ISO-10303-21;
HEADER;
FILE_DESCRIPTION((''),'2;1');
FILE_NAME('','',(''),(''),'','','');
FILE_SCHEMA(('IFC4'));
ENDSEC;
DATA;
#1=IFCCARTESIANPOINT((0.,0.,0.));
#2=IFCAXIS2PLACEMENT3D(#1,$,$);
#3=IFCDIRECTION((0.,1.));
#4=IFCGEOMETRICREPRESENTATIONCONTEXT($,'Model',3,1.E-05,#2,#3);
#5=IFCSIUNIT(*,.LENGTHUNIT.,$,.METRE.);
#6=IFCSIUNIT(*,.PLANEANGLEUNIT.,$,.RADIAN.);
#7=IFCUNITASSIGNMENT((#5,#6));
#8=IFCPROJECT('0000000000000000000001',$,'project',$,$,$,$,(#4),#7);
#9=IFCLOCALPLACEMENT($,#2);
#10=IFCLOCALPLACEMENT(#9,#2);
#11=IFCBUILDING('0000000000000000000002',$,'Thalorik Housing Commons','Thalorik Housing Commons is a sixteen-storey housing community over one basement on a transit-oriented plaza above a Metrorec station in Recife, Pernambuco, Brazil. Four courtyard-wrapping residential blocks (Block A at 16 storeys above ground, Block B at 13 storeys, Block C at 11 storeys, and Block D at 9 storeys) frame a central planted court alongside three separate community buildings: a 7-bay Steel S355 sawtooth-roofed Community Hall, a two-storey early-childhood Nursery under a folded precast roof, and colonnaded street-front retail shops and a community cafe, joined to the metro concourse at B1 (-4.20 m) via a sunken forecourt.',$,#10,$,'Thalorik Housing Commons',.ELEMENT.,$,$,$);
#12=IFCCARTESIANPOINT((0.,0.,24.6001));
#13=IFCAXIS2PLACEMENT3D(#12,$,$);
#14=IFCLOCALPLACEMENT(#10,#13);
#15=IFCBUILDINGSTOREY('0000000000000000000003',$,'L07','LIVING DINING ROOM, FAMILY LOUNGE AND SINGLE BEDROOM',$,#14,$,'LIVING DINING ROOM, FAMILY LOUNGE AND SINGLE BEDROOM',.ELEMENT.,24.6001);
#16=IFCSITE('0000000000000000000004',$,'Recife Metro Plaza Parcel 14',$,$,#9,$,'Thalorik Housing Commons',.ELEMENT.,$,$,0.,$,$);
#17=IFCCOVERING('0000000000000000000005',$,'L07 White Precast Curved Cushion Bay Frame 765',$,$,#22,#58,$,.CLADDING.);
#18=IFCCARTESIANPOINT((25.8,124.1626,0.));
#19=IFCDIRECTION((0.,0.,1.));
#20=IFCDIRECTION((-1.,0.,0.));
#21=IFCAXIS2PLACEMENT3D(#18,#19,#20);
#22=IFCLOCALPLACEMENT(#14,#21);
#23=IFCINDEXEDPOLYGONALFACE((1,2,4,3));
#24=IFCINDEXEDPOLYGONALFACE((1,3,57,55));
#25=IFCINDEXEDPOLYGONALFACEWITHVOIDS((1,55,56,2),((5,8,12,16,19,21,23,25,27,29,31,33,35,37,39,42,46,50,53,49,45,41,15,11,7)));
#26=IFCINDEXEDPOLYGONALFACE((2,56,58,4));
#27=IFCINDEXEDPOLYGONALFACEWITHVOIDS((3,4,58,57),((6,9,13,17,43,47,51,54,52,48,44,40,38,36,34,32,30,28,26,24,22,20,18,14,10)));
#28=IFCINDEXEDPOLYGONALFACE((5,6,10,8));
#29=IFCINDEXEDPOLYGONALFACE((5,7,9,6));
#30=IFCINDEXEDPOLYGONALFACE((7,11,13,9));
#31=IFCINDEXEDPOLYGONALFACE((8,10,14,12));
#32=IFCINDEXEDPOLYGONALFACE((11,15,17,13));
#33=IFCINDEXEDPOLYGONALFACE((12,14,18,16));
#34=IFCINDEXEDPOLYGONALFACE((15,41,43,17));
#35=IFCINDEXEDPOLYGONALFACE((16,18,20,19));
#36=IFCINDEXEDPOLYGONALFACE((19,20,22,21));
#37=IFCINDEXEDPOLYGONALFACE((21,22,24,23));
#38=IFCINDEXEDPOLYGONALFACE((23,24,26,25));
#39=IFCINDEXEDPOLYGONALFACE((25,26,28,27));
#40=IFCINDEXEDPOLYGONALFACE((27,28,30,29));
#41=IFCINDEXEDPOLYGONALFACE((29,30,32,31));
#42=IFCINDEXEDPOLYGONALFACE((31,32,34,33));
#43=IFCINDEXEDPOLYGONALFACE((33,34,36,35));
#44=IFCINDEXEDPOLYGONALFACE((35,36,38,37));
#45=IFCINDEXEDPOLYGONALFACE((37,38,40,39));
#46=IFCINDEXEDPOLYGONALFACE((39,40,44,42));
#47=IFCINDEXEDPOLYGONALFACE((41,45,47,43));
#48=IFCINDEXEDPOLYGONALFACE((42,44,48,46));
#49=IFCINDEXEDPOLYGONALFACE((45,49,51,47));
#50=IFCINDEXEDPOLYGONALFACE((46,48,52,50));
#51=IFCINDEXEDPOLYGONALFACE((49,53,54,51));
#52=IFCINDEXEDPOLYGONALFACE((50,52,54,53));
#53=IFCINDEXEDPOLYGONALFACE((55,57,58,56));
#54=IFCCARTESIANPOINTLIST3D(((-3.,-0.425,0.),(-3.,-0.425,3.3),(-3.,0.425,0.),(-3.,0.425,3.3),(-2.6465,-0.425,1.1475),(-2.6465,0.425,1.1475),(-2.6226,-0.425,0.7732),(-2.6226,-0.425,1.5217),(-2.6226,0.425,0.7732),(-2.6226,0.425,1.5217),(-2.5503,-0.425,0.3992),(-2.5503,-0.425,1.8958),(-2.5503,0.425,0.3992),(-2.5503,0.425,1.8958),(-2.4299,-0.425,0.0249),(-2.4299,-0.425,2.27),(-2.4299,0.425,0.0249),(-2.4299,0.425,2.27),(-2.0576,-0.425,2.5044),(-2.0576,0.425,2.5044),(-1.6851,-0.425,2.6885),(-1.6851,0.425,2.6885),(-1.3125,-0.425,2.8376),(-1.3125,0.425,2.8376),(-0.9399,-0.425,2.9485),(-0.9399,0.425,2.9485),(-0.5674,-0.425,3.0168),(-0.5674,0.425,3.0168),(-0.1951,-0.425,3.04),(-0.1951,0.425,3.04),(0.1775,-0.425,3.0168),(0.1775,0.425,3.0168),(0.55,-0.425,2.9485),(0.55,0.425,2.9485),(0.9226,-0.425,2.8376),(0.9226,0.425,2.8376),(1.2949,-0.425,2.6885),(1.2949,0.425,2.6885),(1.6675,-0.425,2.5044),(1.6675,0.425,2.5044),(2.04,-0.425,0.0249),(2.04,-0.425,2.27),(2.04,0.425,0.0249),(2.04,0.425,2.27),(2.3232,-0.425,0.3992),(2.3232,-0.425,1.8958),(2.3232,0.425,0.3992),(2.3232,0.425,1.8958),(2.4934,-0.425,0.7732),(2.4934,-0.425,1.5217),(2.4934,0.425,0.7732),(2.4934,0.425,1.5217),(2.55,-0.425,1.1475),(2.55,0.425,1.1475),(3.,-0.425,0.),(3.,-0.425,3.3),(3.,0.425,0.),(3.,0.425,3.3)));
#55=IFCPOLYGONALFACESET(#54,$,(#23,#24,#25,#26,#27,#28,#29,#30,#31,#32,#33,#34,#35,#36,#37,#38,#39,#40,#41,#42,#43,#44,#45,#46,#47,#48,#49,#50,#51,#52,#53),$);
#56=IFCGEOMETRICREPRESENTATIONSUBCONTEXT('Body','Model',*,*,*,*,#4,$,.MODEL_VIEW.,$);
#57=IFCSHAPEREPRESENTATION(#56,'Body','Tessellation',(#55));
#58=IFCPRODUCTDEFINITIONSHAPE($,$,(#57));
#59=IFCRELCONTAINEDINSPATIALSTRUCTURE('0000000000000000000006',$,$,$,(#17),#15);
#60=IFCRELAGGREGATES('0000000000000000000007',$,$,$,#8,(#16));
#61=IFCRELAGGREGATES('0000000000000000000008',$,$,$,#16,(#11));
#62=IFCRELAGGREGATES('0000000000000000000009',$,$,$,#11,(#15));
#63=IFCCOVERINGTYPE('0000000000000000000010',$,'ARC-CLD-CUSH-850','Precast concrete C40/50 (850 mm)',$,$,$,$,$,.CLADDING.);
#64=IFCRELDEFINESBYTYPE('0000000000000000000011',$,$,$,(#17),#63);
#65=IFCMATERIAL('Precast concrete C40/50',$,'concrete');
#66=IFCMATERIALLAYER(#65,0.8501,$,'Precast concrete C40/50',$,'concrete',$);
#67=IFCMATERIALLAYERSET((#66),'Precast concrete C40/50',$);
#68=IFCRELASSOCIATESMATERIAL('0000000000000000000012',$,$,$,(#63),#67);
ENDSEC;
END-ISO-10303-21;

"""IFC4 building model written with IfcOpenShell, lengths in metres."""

from ifc_helpers import new_model, si_unit, direction, frame, origin, place, context, subcontext, project, spatial, polyline, outline, extrude, material, layer, layer_set, type_object, element, save


model = new_model("IFC4")

# Units and contexts
model_context = context("Model", 3, precision=1e-05, world=origin(), true_north=direction((0.0, 1.0)))
body_context = subcontext(model_context, "Body", "Model", "MODEL_VIEW")
ifc_project = project(units=[si_unit("LENGTHUNIT", "METRE"), si_unit("PLANEANGLEUNIT", "RADIAN")], contexts=[model_context])

# Site, building, storey
site_placement = place(None, origin())
site = spatial("IfcSite", under=ifc_project, at=site_placement, Name="Recife Metro Plaza Parcel 14", LongName="Thalorik Housing Commons", CompositionType="ELEMENT", RefElevation=0.0)
building_placement = place(site_placement, origin())
building = spatial("IfcBuilding", under=site, at=building_placement, Name="Thalorik Housing Commons", Description="Thalorik Housing Commons is a sixteen-storey housing community over one basement on a transit-oriented plaza above a Metrorec station in Recife, Pernambuco, Brazil. Four courtyard-wrapping residential blocks (Block A at 16 storeys above ground, Block B at 13 storeys, Block C at 11 storeys, and Block D at 9 storeys) frame a central planted court alongside three separate community buildings: a 7-bay Steel S355 sawtooth-roofed Community Hall, a two-storey early-childhood Nursery under a folded precast roof, and colonnaded street-front retail shops and a community cafe, joined to the metro concourse at B1 (-4.20 m) via a sunken forecourt.", LongName="Thalorik Housing Commons", CompositionType="ELEMENT")
storey_placement = place(building_placement, frame((0.0, 0.0, 24.6001)))
storey = spatial("IfcBuildingStorey", under=building, at=storey_placement, Name="L07", Description="LIVING DINING ROOM, FAMILY LOUNGE AND SINGLE BEDROOM", LongName="LIVING DINING ROOM, FAMILY LOUNGE AND SINGLE BEDROOM", CompositionType="ELEMENT", Elevation=24.6001)

# Shared definitions
ifc_material_1 = material(Name="Precast concrete C40/50", Category="concrete")

# Covering
ifc_layer_1 = layer(ifc_material_1, 0.8501, Name="Precast concrete C40/50", Category="concrete")
ifc_layer_set_1 = layer_set([ifc_layer_1], Name="Precast concrete C40/50")
covering_type_1 = type_object("IfcCoveringType", Name="ARC-CLD-CUSH-850", Description="Precast concrete C40/50 (850 mm)", PredefinedType="CLADDING", material=ifc_layer_set_1)
covering_1_placement = place(storey_placement, frame((25.8, 124.1626, 0.0), z_axis=(0.0, 0.0, 1.0), x_axis=(-1.0, 0.0, 0.0)))
element("IfcCovering", 1, at=covering_1_placement, inside=storey, type_object=covering_type_1, Name="L07 White Precast Curved Cushion Bay Frame 765", PredefinedType="CLADDING", context=body_context, shape_type="SweptSolid", body=[
    extrude(outline(polyline([(-3.0, 0.0), (3.0, 0.0), (3.0, 3.3), (-3.0, 3.3), (-3.0, 0.0)]), holes=[polyline([(2.04, 0.0249), (2.3232, 0.3992), (2.4934, 0.7732), (2.55, 1.1475), (2.4934, 1.5217), (2.3232, 1.8958), (2.04, 2.27), (1.6675, 2.5044), (1.2949, 2.6885), (0.9226, 2.8376), (0.55, 2.9485), (0.1775, 3.0168), (-0.1951, 3.04), (-0.5674, 3.0168), (-0.9399, 2.9485), (-1.3125, 2.8376), (-1.6851, 2.6885), (-2.0576, 2.5044), (-2.4299, 2.27), (-2.5503, 1.8958), (-2.6226, 1.5217), (-2.6465, 1.1475), (-2.6226, 0.7732), (-2.5503, 0.3992), (-2.4299, 0.0249), (2.04, 0.0249)])]), frame((0.0, 0.425, 0.0), z_axis=(0.0, -1.0, 0.0), x_axis=(1.0, 0.0, 0.0)), (0.0, 0.0, 1.0), 0.8501),
])

save(model, "model.ifc")
